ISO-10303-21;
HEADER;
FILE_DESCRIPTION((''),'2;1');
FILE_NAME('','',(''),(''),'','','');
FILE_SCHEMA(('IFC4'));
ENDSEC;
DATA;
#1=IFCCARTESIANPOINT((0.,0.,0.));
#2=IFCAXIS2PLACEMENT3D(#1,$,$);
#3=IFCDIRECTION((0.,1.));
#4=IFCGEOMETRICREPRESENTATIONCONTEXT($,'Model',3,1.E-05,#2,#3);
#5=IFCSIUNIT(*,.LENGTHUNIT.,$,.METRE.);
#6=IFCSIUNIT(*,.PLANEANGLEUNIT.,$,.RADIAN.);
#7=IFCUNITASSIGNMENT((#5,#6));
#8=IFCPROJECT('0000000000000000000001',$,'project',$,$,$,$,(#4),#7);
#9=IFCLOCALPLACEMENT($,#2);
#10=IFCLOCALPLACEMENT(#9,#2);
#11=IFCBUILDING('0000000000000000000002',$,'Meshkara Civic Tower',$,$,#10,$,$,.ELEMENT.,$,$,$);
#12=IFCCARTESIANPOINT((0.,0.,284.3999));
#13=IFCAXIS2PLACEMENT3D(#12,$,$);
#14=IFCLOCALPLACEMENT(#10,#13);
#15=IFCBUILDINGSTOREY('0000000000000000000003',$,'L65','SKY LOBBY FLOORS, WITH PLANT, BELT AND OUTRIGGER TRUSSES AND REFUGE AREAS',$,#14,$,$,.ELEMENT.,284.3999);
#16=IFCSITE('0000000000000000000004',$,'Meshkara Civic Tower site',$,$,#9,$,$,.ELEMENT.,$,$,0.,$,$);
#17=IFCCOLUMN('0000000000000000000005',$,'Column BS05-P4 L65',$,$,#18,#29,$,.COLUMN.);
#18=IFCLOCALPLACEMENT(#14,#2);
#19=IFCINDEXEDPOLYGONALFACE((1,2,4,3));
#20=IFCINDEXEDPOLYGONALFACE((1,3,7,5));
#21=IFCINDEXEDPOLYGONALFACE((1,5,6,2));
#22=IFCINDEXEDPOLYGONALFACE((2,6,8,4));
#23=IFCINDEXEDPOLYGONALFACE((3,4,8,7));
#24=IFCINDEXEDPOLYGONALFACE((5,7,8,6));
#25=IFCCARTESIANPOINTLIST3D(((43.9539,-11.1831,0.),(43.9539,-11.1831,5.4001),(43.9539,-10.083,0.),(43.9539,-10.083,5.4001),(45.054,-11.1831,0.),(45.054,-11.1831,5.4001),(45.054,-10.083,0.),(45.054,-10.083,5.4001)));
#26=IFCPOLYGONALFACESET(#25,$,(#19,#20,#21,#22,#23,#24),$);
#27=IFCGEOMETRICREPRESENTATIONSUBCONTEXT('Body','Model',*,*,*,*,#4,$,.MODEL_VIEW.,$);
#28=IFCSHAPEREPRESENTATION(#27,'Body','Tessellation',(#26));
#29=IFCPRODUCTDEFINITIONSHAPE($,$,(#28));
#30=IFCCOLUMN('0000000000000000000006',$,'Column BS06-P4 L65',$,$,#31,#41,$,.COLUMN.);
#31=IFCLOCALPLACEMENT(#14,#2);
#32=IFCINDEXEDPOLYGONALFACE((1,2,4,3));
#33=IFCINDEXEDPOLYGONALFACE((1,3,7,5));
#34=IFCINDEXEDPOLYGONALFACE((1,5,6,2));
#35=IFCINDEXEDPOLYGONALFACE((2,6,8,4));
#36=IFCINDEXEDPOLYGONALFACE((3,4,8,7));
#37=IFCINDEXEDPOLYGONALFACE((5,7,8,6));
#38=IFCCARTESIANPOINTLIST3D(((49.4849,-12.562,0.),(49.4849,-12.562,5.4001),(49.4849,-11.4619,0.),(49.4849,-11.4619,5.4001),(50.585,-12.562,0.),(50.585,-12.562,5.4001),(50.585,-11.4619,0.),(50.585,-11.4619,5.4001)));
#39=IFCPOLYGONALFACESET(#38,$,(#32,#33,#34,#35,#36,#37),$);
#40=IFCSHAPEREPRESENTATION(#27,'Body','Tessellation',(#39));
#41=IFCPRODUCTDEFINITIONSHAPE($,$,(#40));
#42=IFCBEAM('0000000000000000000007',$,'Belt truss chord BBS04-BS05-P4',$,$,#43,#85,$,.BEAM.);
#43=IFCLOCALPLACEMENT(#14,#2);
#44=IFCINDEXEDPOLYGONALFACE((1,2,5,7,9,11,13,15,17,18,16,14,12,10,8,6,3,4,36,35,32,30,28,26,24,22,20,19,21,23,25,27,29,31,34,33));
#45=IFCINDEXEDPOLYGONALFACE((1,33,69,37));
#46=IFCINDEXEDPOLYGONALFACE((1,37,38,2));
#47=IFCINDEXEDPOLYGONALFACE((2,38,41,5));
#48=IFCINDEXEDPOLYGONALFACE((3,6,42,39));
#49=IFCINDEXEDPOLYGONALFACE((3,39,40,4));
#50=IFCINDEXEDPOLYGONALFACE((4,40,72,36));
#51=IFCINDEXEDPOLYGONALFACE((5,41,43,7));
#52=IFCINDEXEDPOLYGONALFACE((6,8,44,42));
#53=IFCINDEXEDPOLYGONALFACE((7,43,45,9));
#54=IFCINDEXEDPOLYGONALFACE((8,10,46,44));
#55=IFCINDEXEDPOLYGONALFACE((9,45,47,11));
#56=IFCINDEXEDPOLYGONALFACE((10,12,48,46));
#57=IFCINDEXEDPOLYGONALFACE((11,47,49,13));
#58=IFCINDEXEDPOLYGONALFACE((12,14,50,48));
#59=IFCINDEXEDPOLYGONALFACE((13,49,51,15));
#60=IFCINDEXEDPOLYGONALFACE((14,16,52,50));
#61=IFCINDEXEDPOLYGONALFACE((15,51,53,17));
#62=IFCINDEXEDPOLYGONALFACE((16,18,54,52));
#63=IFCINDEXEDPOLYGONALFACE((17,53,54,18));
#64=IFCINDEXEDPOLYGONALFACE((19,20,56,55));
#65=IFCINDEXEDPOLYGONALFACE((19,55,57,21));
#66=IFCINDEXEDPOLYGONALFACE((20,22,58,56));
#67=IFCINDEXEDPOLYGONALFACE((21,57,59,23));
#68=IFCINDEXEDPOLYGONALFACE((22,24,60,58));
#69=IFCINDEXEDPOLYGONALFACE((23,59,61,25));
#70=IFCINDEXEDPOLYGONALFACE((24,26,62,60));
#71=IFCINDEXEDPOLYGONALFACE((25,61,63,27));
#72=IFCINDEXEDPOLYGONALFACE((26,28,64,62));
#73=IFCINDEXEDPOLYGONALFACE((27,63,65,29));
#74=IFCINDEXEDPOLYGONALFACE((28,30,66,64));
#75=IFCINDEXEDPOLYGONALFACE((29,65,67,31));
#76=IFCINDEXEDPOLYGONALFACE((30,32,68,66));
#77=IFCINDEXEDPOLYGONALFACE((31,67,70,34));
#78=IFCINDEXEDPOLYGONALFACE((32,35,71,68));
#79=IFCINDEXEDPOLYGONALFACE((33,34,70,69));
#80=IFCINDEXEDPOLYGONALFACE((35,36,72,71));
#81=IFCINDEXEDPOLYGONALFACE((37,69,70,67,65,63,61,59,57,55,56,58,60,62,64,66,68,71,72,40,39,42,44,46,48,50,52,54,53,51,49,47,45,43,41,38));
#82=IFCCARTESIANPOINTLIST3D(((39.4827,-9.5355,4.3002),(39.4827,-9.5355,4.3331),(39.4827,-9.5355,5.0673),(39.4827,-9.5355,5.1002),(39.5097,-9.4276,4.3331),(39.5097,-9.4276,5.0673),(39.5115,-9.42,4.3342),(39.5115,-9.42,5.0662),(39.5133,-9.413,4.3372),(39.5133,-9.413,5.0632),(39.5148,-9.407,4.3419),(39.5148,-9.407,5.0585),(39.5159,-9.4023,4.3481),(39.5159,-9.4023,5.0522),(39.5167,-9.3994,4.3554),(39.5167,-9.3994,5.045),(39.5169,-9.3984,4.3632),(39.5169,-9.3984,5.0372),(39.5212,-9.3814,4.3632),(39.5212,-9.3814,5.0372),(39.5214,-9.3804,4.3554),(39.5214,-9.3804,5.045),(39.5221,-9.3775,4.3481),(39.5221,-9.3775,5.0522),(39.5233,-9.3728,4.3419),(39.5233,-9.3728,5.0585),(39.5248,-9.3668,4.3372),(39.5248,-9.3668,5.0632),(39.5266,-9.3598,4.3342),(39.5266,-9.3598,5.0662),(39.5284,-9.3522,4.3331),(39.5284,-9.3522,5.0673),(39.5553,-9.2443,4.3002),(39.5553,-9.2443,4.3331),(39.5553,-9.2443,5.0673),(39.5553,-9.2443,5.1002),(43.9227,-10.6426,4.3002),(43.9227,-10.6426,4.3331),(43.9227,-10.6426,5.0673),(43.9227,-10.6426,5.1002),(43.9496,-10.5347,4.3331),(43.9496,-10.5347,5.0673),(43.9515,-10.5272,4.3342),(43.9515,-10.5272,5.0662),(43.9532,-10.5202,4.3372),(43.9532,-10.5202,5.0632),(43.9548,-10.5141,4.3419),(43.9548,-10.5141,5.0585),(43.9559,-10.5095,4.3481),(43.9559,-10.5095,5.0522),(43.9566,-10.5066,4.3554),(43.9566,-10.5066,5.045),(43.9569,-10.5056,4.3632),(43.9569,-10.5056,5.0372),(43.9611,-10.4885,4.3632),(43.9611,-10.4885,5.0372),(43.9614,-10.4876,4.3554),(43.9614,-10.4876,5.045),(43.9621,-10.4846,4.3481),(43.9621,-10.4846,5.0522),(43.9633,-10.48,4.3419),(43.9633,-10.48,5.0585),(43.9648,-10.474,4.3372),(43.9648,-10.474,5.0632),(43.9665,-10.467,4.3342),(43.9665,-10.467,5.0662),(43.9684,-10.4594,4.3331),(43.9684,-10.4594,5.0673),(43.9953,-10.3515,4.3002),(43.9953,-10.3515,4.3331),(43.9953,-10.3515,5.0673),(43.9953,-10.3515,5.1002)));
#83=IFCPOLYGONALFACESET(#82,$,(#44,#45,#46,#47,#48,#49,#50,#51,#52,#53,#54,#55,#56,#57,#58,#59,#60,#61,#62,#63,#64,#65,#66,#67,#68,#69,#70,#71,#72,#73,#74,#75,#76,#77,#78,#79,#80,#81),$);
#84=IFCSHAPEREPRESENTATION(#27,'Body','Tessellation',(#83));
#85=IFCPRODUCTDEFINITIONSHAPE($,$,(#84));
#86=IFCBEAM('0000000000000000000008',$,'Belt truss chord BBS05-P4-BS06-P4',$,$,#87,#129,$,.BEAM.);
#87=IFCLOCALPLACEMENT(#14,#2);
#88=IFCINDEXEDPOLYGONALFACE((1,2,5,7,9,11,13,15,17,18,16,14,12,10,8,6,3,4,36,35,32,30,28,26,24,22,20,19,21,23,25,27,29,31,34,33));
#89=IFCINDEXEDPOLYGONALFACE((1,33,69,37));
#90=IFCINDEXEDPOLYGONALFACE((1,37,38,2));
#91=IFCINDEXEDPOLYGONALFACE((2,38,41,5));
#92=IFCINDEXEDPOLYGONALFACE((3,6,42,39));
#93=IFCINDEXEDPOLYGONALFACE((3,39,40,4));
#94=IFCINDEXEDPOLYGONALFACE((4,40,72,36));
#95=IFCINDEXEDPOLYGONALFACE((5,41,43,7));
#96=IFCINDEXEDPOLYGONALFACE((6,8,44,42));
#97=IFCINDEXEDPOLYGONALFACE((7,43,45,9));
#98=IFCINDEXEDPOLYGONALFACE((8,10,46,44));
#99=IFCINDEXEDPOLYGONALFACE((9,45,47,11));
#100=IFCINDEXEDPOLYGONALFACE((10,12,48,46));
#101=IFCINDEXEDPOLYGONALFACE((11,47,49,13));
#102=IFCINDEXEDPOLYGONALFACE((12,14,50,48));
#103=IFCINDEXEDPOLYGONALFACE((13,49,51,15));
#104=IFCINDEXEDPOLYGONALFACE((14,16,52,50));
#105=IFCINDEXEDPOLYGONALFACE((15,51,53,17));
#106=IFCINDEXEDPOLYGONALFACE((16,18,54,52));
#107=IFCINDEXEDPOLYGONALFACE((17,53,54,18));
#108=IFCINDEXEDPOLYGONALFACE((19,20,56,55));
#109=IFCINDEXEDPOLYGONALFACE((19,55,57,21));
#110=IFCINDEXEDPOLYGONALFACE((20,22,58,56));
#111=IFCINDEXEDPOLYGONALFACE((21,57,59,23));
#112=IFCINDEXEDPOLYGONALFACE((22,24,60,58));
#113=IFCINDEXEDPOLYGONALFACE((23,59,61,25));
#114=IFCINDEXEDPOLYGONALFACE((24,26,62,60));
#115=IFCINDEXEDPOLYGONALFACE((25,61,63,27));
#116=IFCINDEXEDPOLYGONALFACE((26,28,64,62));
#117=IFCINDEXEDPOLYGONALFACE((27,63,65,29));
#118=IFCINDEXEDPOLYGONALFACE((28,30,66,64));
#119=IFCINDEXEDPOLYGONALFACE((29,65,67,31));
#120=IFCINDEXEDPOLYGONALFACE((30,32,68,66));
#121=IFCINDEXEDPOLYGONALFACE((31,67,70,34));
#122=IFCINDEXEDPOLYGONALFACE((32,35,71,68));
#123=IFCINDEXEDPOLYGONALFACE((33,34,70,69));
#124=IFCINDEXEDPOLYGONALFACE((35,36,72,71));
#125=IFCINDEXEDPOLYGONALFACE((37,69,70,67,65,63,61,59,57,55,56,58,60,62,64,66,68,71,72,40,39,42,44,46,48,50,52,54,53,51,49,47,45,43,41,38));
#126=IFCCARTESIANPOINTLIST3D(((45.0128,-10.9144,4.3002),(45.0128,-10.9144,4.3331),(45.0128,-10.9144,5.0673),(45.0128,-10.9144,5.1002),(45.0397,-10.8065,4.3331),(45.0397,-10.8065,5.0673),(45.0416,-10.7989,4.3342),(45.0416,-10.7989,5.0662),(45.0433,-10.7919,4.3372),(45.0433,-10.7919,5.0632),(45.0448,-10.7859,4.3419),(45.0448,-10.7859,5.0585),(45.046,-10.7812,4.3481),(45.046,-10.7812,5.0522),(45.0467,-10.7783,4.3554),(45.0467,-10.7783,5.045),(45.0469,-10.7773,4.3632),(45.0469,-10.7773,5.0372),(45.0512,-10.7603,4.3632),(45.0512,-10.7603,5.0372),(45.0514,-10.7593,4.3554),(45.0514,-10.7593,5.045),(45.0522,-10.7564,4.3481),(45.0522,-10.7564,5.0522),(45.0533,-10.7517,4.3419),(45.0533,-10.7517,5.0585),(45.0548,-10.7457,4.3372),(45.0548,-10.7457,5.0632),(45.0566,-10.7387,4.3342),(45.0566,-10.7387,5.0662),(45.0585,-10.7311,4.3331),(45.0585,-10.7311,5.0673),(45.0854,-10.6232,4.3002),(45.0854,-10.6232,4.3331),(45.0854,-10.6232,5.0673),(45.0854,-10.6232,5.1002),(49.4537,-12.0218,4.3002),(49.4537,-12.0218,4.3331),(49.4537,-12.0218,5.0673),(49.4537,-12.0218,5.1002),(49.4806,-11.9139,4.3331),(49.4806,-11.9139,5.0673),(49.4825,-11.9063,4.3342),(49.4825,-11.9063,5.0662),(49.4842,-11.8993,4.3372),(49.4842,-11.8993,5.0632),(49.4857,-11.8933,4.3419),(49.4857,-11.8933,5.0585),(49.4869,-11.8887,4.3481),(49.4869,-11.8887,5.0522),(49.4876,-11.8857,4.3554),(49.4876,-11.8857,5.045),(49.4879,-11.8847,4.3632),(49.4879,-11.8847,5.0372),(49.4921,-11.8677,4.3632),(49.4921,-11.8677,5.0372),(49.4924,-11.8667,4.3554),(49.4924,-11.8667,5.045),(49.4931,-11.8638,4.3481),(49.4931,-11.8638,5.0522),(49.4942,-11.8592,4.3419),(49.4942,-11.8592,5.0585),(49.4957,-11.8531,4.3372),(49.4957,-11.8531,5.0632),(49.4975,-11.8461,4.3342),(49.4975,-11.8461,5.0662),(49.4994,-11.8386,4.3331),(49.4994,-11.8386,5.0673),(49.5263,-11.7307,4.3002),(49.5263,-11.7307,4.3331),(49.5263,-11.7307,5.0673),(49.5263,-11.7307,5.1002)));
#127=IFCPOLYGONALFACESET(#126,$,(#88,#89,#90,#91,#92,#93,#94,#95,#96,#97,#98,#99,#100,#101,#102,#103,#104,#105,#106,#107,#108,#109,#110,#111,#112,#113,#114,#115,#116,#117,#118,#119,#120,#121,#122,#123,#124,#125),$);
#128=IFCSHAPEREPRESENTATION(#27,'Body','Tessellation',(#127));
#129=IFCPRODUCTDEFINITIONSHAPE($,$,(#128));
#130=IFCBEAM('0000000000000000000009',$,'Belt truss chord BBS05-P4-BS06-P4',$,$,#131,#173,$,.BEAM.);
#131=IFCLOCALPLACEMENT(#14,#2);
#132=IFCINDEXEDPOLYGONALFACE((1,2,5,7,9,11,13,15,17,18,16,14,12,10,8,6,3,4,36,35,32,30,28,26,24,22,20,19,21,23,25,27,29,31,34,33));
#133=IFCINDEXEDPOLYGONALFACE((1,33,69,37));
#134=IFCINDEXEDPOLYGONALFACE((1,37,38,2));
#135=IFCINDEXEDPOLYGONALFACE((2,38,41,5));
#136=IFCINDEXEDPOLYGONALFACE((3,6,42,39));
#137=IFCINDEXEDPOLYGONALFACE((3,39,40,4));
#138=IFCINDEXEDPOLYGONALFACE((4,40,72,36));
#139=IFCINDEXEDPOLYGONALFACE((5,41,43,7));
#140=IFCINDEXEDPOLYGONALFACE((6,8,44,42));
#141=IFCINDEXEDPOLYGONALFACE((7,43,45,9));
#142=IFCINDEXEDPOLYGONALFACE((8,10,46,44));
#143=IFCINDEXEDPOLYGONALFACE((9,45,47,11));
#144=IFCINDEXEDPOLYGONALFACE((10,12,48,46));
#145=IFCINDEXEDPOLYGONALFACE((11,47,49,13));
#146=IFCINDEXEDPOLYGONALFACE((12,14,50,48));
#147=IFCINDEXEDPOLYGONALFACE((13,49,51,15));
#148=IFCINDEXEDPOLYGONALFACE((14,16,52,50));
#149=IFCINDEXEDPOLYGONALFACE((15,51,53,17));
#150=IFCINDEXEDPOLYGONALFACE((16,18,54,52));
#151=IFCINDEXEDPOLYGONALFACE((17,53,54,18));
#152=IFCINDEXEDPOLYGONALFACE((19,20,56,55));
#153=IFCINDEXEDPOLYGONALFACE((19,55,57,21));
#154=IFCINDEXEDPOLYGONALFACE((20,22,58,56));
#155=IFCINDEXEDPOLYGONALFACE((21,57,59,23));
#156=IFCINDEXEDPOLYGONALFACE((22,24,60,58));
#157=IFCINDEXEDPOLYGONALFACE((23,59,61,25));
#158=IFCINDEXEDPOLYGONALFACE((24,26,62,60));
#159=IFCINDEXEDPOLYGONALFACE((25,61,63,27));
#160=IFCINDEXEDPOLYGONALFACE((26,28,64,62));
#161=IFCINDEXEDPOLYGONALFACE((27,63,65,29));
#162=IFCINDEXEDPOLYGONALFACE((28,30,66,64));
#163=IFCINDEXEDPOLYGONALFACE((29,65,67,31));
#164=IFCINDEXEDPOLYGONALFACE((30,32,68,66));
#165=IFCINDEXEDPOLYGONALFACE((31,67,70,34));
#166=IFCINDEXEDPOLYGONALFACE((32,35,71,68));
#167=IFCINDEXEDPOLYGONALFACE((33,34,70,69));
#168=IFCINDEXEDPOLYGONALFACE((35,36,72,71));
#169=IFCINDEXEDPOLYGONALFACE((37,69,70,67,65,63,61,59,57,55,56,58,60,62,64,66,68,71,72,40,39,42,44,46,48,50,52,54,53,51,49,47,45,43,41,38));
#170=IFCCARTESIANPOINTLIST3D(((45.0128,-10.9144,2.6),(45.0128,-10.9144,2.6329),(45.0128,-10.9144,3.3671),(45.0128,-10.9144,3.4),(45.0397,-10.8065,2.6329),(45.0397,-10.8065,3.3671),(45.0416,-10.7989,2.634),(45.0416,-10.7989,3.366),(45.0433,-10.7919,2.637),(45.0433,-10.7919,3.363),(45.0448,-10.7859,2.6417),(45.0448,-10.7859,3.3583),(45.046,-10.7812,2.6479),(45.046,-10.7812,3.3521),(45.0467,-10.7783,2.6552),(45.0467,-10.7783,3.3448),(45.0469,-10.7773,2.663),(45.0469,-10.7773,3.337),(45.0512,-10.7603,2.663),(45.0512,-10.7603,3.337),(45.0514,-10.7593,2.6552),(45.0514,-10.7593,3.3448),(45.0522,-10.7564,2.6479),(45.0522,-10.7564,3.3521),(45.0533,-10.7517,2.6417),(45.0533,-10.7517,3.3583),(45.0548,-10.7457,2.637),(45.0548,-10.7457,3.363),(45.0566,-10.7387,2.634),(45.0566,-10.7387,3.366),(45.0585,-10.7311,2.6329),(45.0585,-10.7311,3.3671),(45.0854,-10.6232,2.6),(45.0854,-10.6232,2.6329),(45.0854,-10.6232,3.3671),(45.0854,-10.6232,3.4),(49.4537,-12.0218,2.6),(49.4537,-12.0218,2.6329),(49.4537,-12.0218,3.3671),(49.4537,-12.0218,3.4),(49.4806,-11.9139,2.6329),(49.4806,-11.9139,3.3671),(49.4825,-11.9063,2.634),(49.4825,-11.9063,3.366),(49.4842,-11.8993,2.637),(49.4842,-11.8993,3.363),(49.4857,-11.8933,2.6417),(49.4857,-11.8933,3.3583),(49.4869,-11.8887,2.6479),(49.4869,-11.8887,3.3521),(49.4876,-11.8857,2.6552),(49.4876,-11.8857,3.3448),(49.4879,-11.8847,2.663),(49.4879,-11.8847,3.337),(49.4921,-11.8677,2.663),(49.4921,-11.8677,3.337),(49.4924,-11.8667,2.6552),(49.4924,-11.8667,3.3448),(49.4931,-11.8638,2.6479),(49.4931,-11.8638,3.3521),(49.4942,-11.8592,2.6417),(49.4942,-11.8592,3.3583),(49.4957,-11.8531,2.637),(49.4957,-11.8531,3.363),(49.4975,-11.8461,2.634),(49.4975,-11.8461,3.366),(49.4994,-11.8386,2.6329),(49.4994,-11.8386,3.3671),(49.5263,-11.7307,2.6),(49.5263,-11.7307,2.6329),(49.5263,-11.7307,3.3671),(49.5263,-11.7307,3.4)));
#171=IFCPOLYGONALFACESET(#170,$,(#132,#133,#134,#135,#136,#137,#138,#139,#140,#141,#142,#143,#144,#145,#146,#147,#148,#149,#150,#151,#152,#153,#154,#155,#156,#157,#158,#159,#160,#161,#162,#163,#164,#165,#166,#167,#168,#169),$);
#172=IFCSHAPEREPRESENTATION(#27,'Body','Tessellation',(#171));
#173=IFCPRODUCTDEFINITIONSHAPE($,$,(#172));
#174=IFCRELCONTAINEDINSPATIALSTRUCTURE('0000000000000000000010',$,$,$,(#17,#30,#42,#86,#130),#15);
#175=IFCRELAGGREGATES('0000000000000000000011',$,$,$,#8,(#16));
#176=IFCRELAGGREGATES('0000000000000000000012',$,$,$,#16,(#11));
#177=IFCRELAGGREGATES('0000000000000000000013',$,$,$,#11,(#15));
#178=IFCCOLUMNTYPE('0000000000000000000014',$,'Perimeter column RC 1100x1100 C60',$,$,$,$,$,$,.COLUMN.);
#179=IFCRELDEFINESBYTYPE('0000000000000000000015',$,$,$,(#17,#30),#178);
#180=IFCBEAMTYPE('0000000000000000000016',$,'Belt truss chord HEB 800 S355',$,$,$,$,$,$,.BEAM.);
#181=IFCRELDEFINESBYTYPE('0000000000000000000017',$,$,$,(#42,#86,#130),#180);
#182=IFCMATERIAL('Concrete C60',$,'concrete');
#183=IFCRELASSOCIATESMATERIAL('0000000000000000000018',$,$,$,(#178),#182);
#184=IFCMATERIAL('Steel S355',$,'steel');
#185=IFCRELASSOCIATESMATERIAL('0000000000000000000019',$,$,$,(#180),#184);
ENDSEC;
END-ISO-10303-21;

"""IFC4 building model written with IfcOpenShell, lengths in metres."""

from ifc_helpers import new_model, si_unit, direction, frame, origin, origin_2d, place, context, subcontext, project, spatial, rectangle, i_section, extrude, material, material_profile, profile_set, type_object, element, save


model = new_model("IFC4")

# Units and contexts
model_context = context("Model", 3, precision=1e-05, world=origin(), true_north=direction((0.0, 1.0)))
body_context = subcontext(model_context, "Body", "Model", "MODEL_VIEW")
ifc_project = project(units=[si_unit("LENGTHUNIT", "METRE"), si_unit("PLANEANGLEUNIT", "RADIAN")], contexts=[model_context])

# Site, building, storey
site_placement = place(None, origin())
site = spatial("IfcSite", under=ifc_project, at=site_placement, Name="Meshkara Civic Tower site", CompositionType="ELEMENT", RefElevation=0.0)
building_placement = place(site_placement, origin())
building = spatial("IfcBuilding", under=site, at=building_placement, Name="Meshkara Civic Tower", CompositionType="ELEMENT")
storey_placement = place(building_placement, frame((0.0, 0.0, 284.3999)))
storey = spatial("IfcBuildingStorey", under=building, at=storey_placement, Name="L65", Description="SKY LOBBY FLOORS, WITH PLANT, BELT AND OUTRIGGER TRUSSES AND REFUGE AREAS", CompositionType="ELEMENT", Elevation=284.3999)

# Columns
ifc_material_1 = material(Name="Concrete C60", Category="concrete")
ifc_material_profile_1 = material_profile(ifc_material_1, rectangle(XDim=1.1001, YDim=1.1001, at=origin_2d()))
ifc_profile_set_1 = profile_set([ifc_material_profile_1], Name="Concrete C60")
column_type = type_object("IfcColumnType", Name="Perimeter column RC 1100x1100 C60", PredefinedType="COLUMN", material=ifc_profile_set_1)
for number, where, z_axis, x_axis, name in (
    (1, (44.5039, -10.6331, 0.0), (0.0, 0.0, 1.0), (1.0, 0.0, 0.0), "Column BS05-P4 L65"),
    (2, (50.0349, -12.012, 0.0), (0.0, 0.0, 1.0), (1.0, 0.0, 0.0), "Column BS06-P4 L65"),
):
    element("IfcColumn", number, at=place(storey_placement, frame(where, z_axis=z_axis, x_axis=x_axis)), inside=storey, type_object=column_type, Name=name, PredefinedType="COLUMN", context=body_context, shape_type="SweptSolid", body=[
        extrude(rectangle(XDim=1.1001, YDim=1.1001, at=origin_2d()), origin(), (0.0, 0.0, 1.0), 5.4001),
    ])

# Beams
ifc_material_2 = material(Name="Steel S355", Category="steel")
ifc_material_profile_2 = material_profile(ifc_material_2, i_section(OverallWidth=0.3, OverallDepth=0.8, WebThickness=0.0176, FlangeThickness=0.033, FilletRadius=0.03, at=origin_2d()))
ifc_profile_set_2 = profile_set([ifc_material_profile_2], Name="Steel S355")
beam_type = type_object("IfcBeamType", Name="Belt truss chord HEB 800 S355", PredefinedType="BEAM", material=ifc_profile_set_2)
beam_placement = place(storey_placement, frame((39.519, -9.3899, 4.7002), z_axis=(0.970287, -0.241958, 0.0), x_axis=(0.241958, 0.970287, 0.0)))
element("IfcBeam", 3, at=beam_placement, inside=storey, type_object=beam_type, Name="Belt truss chord BBS04-BS05-P4", PredefinedType="BEAM", context=body_context, shape_type="SweptSolid", body=[
    extrude(i_section(OverallWidth=0.3, OverallDepth=0.8, WebThickness=0.0176, FlangeThickness=0.033, FilletRadius=0.03, at=origin_2d()), origin(), (0.0, 0.0, 1.0), 4.5759),
])
for number, where, z_axis, x_axis, name in (
    (4, (45.0491, -10.7688, 4.7002), (0.970287, -0.241958, 0.0), (0.241958, 0.970287, 0.0), "Belt truss chord BBS05-P4-BS06-P4"),
    (5, (45.0491, -10.7688, 3.0), (0.970287, -0.241958, 0.0), (0.241958, 0.970287, 0.0), "Belt truss chord BBS05-P4-BS06-P4"),
):
    element("IfcBeam", number, at=place(storey_placement, frame(where, z_axis=z_axis, x_axis=x_axis)), inside=storey, type_object=beam_type, Name=name, PredefinedType="BEAM", context=body_context, shape_type="SweptSolid", body=[
        extrude(i_section(OverallWidth=0.3, OverallDepth=0.8, WebThickness=0.0176, FlangeThickness=0.033, FilletRadius=0.03, at=origin_2d()), origin(), (0.0, 0.0, 1.0), 4.5769),
    ])

save(model, "model.ifc")
